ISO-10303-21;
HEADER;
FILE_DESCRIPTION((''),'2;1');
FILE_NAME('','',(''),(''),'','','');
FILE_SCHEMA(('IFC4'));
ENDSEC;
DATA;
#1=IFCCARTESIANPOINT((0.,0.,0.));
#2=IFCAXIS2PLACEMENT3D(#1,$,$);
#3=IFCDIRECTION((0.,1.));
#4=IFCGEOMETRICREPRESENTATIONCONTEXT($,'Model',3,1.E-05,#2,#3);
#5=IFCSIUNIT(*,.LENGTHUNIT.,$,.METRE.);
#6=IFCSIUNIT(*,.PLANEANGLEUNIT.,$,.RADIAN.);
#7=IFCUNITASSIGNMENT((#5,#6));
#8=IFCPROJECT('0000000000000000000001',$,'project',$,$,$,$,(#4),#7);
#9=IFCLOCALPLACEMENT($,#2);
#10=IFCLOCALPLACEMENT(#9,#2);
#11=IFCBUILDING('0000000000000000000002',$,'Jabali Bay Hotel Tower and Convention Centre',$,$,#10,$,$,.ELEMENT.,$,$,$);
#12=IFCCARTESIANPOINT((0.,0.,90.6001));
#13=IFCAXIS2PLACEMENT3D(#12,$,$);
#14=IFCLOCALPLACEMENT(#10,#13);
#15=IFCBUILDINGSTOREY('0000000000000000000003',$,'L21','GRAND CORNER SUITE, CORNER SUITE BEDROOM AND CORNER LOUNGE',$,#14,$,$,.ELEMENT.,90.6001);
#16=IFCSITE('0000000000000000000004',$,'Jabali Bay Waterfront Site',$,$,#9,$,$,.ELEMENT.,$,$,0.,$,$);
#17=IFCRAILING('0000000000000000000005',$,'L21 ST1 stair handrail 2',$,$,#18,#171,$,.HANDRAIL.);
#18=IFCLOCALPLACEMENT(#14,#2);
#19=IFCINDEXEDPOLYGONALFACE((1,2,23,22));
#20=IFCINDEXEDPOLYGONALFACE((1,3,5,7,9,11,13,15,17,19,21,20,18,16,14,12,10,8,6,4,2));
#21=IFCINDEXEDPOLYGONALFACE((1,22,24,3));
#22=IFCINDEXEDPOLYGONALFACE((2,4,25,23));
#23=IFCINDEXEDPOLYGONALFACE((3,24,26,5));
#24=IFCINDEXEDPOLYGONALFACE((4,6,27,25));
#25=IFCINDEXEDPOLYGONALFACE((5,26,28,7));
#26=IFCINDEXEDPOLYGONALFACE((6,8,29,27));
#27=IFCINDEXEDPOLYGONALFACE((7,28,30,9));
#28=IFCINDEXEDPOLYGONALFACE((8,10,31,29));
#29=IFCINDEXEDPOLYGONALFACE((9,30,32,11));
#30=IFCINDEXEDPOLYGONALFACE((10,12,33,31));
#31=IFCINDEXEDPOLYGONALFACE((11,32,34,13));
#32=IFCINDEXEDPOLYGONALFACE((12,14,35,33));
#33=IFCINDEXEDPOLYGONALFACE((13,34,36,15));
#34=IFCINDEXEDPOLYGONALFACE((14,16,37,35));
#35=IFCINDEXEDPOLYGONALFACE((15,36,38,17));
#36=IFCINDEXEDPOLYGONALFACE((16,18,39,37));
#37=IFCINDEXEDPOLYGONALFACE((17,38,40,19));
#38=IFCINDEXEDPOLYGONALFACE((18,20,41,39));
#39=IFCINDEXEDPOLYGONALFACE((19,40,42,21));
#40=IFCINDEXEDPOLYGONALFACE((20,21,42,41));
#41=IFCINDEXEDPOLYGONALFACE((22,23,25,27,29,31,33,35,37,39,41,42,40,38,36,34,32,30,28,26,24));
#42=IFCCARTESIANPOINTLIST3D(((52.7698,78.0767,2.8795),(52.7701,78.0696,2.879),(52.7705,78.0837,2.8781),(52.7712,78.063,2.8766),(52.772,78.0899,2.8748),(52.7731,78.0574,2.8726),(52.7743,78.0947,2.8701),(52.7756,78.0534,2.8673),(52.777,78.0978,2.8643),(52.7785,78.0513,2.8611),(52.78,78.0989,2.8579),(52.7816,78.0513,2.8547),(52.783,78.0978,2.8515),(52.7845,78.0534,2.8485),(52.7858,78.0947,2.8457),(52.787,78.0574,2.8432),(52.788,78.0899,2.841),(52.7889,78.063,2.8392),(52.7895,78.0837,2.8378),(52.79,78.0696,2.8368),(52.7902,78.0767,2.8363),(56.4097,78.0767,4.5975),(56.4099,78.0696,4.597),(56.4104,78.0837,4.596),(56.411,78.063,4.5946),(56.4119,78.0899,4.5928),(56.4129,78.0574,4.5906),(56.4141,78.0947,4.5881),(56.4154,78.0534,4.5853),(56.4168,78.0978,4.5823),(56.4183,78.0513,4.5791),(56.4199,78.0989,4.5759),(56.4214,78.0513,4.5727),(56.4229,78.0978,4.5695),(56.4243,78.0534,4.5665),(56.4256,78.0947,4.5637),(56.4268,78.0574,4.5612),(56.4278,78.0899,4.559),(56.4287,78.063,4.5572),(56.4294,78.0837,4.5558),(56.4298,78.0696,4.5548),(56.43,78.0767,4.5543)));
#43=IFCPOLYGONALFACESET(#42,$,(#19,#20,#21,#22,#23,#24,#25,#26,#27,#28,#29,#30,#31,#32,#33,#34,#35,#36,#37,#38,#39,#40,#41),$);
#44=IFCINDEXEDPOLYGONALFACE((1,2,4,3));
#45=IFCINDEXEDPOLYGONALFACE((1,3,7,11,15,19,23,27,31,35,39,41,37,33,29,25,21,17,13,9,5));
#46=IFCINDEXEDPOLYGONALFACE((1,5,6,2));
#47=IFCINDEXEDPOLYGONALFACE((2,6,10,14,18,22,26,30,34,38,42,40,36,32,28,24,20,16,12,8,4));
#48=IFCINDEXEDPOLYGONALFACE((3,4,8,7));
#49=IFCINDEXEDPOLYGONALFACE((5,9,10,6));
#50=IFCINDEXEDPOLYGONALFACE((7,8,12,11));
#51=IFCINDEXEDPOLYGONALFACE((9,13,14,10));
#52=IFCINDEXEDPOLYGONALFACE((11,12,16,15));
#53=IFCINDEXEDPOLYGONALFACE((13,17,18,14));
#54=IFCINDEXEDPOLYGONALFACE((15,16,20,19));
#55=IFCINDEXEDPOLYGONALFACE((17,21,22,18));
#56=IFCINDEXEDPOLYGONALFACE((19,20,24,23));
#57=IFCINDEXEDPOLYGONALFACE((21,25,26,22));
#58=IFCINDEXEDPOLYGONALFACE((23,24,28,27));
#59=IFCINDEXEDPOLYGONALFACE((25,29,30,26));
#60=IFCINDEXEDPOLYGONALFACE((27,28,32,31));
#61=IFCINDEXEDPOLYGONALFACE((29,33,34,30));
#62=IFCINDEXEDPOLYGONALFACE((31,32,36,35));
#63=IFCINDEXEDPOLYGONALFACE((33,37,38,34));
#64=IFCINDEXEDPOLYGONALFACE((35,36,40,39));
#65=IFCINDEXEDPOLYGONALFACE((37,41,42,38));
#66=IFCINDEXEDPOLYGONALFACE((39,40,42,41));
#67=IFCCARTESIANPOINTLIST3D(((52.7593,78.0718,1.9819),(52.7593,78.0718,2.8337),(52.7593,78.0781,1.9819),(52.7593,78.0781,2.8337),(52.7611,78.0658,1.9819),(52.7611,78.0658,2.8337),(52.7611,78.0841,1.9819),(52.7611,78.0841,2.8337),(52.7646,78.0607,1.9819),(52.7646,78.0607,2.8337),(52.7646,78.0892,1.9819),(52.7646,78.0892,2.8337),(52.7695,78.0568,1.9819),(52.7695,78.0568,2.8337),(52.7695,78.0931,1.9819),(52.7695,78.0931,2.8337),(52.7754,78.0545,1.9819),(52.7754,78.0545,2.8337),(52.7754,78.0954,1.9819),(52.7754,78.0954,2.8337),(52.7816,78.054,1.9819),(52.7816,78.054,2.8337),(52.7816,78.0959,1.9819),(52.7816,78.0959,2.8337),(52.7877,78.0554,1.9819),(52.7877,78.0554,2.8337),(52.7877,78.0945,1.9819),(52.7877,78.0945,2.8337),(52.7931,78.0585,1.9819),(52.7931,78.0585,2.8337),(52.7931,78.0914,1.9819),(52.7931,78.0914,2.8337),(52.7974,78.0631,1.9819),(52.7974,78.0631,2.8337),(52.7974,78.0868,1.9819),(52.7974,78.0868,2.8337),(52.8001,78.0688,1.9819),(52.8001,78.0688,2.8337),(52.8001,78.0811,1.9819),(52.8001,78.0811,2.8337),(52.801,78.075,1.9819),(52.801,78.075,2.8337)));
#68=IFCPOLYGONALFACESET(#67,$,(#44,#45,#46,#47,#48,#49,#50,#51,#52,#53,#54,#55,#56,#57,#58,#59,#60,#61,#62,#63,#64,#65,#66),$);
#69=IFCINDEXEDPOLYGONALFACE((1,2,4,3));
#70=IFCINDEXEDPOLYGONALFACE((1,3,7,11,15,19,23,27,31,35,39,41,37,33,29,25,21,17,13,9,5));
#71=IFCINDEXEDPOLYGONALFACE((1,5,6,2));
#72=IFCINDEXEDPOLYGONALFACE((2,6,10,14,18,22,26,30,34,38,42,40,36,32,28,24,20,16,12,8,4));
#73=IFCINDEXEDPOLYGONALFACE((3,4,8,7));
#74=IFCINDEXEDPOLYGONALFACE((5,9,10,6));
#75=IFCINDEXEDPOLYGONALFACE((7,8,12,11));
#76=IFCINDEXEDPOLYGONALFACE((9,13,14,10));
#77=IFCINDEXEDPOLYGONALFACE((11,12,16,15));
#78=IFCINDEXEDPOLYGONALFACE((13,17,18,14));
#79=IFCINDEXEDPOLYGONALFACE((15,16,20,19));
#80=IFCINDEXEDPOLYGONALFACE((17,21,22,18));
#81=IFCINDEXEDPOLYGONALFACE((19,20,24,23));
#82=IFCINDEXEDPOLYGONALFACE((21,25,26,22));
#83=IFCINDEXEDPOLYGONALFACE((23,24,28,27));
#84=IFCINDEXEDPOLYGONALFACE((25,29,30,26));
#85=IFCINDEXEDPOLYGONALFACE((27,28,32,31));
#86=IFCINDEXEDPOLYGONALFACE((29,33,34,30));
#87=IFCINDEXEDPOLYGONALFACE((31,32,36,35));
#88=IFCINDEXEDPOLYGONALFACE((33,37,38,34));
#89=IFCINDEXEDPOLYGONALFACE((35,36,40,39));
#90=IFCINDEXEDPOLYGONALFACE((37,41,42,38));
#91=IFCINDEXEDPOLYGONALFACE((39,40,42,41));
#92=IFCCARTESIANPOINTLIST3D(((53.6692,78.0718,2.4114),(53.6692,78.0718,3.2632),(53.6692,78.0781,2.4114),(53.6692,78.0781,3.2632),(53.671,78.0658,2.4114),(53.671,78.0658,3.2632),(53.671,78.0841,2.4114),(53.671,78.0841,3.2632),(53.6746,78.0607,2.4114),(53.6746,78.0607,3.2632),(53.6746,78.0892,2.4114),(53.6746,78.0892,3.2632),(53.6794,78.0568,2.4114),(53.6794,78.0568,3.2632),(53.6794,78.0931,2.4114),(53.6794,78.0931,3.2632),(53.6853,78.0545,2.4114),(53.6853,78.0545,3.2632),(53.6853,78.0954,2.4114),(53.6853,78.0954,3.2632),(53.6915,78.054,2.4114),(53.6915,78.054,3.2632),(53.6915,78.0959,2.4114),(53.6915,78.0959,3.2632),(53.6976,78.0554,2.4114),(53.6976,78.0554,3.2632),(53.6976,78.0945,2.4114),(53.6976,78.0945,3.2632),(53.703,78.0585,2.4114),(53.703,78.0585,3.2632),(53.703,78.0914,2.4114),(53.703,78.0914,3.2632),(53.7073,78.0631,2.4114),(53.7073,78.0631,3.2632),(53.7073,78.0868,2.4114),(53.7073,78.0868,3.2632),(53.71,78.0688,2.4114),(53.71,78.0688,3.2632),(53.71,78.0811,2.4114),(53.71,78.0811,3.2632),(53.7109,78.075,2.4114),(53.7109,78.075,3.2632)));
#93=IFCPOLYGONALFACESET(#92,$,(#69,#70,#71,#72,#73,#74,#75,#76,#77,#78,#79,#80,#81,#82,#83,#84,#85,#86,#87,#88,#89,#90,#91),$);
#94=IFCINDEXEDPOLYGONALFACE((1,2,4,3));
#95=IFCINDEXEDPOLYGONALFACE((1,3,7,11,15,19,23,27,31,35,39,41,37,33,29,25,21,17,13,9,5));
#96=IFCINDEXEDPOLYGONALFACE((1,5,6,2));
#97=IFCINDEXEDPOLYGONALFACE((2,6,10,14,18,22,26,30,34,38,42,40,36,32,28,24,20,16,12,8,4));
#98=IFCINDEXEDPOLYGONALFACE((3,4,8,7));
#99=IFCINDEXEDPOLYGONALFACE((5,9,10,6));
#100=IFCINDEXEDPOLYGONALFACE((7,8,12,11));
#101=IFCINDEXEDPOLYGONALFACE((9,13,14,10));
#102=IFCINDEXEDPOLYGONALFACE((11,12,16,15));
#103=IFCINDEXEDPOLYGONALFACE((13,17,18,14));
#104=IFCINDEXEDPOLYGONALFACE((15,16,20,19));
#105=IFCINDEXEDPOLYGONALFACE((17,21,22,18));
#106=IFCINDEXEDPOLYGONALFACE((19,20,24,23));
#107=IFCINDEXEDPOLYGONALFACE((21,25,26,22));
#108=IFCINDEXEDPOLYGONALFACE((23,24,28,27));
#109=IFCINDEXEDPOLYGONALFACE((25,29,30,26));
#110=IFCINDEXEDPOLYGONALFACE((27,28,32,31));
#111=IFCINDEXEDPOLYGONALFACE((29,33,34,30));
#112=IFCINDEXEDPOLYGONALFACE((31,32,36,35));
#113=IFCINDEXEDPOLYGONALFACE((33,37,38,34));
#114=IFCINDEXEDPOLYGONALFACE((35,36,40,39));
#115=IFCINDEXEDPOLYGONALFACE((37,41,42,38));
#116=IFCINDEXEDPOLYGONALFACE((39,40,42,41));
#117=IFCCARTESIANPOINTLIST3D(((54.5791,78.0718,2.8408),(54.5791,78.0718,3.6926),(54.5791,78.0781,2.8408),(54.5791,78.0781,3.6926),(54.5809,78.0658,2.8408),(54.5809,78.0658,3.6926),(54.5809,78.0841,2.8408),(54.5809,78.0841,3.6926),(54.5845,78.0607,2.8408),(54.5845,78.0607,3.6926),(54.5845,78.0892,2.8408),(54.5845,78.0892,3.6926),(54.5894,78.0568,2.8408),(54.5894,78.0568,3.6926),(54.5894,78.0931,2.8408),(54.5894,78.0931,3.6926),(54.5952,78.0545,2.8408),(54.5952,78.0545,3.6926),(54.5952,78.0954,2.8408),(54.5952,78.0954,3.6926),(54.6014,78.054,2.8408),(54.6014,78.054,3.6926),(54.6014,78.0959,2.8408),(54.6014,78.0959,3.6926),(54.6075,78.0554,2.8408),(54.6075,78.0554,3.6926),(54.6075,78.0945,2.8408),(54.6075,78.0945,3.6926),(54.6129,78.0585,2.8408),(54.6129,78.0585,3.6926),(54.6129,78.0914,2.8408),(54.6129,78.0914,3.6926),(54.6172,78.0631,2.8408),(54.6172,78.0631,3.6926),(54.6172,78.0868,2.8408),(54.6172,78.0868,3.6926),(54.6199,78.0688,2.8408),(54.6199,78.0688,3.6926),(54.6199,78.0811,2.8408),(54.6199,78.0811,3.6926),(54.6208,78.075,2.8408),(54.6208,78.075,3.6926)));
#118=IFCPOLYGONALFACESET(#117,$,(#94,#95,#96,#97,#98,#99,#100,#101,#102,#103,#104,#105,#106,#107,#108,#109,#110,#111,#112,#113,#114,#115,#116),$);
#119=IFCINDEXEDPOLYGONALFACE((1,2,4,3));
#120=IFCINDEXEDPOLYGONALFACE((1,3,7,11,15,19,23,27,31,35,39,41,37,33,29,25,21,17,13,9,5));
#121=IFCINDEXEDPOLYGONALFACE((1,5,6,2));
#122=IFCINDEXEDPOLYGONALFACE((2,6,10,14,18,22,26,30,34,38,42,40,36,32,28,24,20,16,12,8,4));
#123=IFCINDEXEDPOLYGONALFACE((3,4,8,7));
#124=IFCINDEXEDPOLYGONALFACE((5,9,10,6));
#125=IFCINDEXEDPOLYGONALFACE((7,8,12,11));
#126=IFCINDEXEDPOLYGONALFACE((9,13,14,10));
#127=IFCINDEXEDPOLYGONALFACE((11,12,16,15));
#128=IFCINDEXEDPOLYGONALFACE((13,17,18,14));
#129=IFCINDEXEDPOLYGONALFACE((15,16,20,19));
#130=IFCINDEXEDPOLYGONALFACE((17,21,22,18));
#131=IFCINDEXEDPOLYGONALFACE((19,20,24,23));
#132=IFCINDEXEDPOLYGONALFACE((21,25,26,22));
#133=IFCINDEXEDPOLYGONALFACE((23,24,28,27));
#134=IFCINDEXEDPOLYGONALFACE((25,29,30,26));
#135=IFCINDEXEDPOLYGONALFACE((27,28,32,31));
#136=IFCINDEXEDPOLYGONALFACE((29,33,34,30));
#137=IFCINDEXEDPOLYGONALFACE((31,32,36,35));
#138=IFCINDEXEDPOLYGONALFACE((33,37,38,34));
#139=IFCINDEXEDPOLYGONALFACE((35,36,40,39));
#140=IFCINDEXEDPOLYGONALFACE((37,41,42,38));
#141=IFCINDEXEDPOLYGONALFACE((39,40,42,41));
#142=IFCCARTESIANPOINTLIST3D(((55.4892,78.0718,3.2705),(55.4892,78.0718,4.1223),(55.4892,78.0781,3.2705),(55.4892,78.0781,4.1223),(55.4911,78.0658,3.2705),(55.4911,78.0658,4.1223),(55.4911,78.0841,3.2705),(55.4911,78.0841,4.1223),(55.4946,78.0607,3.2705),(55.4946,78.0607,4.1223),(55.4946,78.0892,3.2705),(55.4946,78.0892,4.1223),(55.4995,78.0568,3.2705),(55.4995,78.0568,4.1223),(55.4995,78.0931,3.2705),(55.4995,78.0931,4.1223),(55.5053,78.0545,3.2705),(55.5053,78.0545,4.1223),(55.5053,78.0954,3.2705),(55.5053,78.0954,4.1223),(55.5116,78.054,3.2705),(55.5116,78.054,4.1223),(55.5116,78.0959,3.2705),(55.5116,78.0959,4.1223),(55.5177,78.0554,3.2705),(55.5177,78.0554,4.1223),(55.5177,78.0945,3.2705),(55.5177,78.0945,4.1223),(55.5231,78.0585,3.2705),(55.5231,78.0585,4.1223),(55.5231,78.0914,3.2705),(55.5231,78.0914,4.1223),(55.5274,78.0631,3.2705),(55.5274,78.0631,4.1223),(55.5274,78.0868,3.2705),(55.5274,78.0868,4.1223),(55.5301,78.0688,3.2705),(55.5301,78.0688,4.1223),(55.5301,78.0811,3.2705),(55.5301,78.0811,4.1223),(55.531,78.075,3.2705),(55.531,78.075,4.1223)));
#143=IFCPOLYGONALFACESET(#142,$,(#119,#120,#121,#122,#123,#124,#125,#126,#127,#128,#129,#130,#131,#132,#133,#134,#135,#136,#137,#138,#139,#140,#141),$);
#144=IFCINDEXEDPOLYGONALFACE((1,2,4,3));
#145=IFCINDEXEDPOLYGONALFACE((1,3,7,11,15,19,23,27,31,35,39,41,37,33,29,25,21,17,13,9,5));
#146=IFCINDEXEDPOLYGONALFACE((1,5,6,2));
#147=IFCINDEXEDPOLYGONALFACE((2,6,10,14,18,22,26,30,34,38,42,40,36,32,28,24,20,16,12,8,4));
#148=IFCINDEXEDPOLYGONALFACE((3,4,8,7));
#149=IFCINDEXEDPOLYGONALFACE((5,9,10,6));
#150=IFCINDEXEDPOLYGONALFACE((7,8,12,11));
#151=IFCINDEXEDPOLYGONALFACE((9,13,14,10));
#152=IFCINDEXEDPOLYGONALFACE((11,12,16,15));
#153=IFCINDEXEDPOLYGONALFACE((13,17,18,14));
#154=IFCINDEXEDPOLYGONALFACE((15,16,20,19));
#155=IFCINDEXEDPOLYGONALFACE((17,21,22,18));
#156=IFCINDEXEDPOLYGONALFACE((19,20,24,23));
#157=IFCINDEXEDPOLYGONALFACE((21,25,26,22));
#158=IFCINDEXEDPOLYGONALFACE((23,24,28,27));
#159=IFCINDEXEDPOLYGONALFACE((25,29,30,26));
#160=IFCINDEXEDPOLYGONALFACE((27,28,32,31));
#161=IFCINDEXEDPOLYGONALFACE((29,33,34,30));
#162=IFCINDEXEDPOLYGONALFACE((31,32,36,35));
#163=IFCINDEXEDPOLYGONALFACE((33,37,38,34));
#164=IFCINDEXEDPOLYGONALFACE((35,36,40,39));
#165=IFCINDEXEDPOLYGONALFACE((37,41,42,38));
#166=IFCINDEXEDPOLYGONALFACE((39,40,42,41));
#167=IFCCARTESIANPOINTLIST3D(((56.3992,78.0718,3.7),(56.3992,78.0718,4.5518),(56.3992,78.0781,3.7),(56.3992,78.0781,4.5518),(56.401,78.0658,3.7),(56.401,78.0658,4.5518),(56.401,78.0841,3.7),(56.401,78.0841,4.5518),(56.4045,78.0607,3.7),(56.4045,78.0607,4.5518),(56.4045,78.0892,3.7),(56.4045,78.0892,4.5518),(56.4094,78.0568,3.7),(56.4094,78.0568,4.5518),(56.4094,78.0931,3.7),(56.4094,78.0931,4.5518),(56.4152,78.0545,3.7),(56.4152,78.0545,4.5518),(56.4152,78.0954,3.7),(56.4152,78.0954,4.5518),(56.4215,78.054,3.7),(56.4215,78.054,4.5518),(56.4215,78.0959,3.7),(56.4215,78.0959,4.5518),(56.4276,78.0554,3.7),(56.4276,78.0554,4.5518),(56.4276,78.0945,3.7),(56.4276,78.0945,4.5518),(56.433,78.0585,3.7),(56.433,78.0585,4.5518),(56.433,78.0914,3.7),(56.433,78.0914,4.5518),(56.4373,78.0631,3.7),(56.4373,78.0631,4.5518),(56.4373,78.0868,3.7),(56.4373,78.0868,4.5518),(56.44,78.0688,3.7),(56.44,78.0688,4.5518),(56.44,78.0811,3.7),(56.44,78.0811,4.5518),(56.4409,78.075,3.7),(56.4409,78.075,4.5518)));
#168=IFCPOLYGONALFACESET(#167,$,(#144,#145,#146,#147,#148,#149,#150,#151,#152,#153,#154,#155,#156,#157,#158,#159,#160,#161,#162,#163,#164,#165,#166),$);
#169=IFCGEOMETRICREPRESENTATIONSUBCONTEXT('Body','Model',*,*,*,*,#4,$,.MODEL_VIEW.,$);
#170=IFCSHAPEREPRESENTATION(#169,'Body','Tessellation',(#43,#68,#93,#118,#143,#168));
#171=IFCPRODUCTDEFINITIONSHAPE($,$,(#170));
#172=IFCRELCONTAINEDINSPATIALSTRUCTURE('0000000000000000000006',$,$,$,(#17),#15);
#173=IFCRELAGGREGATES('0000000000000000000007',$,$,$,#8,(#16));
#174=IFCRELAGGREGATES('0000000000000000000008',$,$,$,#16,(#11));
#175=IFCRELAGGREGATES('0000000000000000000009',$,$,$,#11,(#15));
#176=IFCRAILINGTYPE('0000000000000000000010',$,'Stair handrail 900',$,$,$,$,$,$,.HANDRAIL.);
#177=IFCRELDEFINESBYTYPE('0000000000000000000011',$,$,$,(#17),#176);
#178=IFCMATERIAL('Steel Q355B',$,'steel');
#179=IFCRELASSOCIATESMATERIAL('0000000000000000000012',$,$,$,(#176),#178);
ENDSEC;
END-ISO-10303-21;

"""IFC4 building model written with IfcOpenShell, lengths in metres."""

from ifc_helpers import new_model, si_unit, direction, frame, origin, origin_2d, place, context, subcontext, project, spatial, circle, extrude, material, type_object, element, save


model = new_model("IFC4")

# Units and contexts
model_context = context("Model", 3, precision=1e-05, world=origin(), true_north=direction((0.0, 1.0)))
body_context = subcontext(model_context, "Body", "Model", "MODEL_VIEW")
ifc_project = project(units=[si_unit("LENGTHUNIT", "METRE"), si_unit("PLANEANGLEUNIT", "RADIAN")], contexts=[model_context])

# Site, building, storey
site_placement = place(None, origin())
site = spatial("IfcSite", under=ifc_project, at=site_placement, Name="Jabali Bay Waterfront Site", CompositionType="ELEMENT", RefElevation=0.0)
building_placement = place(site_placement, origin())
building = spatial("IfcBuilding", under=site, at=building_placement, Name="Jabali Bay Hotel Tower and Convention Centre", CompositionType="ELEMENT")
storey_placement = place(building_placement, frame((0.0, 0.0, 90.6001)))
storey = spatial("IfcBuildingStorey", under=building, at=storey_placement, Name="L21", Description="GRAND CORNER SUITE, CORNER SUITE BEDROOM AND CORNER LOUNGE", CompositionType="ELEMENT", Elevation=90.6001)

# Railing
ifc_material_1 = material(Name="Steel Q355B", Category="steel")
railing_type = type_object("IfcRailingType", Name="Stair handrail 900", PredefinedType="HANDRAIL", material=ifc_material_1)
railing_placement = place(storey_placement, frame((52.78, 78.075, 1.9819)))
element("IfcRailing", 1, at=railing_placement, inside=storey, type_object=railing_type, Name="L21 ST1 stair handrail 2", PredefinedType="HANDRAIL", context=body_context, shape_type="SweptSolid", body=[
    extrude(circle(Radius=0.0239, at=origin_2d()), frame((0.0, 0.0, 0.876), z_axis=(0.904327, 0.0, 0.42684), x_axis=(0.0, 1.0, 0.0)), (0.0, 0.0, 1.0), 4.0249),
    extrude(circle(Radius=0.021, at=origin_2d()), origin(), (0.0, 0.0, 1.0), 0.8518),
    extrude(circle(Radius=0.021, at=origin_2d()), frame((0.9099, 0.0, 0.4294)), (0.0, 0.0, 1.0), 0.8518),
    extrude(circle(Radius=0.021, at=origin_2d()), frame((1.8198, 0.0, 0.8589)), (0.0, 0.0, 1.0), 0.8518),
    extrude(circle(Radius=0.021, at=origin_2d()), frame((2.73, 0.0, 1.2886)), (0.0, 0.0, 1.0), 0.8518),
    extrude(circle(Radius=0.021, at=origin_2d()), frame((3.6399, 0.0, 1.718)), (0.0, 0.0, 1.0), 0.8518),
])

save(model, "model.ifc")
